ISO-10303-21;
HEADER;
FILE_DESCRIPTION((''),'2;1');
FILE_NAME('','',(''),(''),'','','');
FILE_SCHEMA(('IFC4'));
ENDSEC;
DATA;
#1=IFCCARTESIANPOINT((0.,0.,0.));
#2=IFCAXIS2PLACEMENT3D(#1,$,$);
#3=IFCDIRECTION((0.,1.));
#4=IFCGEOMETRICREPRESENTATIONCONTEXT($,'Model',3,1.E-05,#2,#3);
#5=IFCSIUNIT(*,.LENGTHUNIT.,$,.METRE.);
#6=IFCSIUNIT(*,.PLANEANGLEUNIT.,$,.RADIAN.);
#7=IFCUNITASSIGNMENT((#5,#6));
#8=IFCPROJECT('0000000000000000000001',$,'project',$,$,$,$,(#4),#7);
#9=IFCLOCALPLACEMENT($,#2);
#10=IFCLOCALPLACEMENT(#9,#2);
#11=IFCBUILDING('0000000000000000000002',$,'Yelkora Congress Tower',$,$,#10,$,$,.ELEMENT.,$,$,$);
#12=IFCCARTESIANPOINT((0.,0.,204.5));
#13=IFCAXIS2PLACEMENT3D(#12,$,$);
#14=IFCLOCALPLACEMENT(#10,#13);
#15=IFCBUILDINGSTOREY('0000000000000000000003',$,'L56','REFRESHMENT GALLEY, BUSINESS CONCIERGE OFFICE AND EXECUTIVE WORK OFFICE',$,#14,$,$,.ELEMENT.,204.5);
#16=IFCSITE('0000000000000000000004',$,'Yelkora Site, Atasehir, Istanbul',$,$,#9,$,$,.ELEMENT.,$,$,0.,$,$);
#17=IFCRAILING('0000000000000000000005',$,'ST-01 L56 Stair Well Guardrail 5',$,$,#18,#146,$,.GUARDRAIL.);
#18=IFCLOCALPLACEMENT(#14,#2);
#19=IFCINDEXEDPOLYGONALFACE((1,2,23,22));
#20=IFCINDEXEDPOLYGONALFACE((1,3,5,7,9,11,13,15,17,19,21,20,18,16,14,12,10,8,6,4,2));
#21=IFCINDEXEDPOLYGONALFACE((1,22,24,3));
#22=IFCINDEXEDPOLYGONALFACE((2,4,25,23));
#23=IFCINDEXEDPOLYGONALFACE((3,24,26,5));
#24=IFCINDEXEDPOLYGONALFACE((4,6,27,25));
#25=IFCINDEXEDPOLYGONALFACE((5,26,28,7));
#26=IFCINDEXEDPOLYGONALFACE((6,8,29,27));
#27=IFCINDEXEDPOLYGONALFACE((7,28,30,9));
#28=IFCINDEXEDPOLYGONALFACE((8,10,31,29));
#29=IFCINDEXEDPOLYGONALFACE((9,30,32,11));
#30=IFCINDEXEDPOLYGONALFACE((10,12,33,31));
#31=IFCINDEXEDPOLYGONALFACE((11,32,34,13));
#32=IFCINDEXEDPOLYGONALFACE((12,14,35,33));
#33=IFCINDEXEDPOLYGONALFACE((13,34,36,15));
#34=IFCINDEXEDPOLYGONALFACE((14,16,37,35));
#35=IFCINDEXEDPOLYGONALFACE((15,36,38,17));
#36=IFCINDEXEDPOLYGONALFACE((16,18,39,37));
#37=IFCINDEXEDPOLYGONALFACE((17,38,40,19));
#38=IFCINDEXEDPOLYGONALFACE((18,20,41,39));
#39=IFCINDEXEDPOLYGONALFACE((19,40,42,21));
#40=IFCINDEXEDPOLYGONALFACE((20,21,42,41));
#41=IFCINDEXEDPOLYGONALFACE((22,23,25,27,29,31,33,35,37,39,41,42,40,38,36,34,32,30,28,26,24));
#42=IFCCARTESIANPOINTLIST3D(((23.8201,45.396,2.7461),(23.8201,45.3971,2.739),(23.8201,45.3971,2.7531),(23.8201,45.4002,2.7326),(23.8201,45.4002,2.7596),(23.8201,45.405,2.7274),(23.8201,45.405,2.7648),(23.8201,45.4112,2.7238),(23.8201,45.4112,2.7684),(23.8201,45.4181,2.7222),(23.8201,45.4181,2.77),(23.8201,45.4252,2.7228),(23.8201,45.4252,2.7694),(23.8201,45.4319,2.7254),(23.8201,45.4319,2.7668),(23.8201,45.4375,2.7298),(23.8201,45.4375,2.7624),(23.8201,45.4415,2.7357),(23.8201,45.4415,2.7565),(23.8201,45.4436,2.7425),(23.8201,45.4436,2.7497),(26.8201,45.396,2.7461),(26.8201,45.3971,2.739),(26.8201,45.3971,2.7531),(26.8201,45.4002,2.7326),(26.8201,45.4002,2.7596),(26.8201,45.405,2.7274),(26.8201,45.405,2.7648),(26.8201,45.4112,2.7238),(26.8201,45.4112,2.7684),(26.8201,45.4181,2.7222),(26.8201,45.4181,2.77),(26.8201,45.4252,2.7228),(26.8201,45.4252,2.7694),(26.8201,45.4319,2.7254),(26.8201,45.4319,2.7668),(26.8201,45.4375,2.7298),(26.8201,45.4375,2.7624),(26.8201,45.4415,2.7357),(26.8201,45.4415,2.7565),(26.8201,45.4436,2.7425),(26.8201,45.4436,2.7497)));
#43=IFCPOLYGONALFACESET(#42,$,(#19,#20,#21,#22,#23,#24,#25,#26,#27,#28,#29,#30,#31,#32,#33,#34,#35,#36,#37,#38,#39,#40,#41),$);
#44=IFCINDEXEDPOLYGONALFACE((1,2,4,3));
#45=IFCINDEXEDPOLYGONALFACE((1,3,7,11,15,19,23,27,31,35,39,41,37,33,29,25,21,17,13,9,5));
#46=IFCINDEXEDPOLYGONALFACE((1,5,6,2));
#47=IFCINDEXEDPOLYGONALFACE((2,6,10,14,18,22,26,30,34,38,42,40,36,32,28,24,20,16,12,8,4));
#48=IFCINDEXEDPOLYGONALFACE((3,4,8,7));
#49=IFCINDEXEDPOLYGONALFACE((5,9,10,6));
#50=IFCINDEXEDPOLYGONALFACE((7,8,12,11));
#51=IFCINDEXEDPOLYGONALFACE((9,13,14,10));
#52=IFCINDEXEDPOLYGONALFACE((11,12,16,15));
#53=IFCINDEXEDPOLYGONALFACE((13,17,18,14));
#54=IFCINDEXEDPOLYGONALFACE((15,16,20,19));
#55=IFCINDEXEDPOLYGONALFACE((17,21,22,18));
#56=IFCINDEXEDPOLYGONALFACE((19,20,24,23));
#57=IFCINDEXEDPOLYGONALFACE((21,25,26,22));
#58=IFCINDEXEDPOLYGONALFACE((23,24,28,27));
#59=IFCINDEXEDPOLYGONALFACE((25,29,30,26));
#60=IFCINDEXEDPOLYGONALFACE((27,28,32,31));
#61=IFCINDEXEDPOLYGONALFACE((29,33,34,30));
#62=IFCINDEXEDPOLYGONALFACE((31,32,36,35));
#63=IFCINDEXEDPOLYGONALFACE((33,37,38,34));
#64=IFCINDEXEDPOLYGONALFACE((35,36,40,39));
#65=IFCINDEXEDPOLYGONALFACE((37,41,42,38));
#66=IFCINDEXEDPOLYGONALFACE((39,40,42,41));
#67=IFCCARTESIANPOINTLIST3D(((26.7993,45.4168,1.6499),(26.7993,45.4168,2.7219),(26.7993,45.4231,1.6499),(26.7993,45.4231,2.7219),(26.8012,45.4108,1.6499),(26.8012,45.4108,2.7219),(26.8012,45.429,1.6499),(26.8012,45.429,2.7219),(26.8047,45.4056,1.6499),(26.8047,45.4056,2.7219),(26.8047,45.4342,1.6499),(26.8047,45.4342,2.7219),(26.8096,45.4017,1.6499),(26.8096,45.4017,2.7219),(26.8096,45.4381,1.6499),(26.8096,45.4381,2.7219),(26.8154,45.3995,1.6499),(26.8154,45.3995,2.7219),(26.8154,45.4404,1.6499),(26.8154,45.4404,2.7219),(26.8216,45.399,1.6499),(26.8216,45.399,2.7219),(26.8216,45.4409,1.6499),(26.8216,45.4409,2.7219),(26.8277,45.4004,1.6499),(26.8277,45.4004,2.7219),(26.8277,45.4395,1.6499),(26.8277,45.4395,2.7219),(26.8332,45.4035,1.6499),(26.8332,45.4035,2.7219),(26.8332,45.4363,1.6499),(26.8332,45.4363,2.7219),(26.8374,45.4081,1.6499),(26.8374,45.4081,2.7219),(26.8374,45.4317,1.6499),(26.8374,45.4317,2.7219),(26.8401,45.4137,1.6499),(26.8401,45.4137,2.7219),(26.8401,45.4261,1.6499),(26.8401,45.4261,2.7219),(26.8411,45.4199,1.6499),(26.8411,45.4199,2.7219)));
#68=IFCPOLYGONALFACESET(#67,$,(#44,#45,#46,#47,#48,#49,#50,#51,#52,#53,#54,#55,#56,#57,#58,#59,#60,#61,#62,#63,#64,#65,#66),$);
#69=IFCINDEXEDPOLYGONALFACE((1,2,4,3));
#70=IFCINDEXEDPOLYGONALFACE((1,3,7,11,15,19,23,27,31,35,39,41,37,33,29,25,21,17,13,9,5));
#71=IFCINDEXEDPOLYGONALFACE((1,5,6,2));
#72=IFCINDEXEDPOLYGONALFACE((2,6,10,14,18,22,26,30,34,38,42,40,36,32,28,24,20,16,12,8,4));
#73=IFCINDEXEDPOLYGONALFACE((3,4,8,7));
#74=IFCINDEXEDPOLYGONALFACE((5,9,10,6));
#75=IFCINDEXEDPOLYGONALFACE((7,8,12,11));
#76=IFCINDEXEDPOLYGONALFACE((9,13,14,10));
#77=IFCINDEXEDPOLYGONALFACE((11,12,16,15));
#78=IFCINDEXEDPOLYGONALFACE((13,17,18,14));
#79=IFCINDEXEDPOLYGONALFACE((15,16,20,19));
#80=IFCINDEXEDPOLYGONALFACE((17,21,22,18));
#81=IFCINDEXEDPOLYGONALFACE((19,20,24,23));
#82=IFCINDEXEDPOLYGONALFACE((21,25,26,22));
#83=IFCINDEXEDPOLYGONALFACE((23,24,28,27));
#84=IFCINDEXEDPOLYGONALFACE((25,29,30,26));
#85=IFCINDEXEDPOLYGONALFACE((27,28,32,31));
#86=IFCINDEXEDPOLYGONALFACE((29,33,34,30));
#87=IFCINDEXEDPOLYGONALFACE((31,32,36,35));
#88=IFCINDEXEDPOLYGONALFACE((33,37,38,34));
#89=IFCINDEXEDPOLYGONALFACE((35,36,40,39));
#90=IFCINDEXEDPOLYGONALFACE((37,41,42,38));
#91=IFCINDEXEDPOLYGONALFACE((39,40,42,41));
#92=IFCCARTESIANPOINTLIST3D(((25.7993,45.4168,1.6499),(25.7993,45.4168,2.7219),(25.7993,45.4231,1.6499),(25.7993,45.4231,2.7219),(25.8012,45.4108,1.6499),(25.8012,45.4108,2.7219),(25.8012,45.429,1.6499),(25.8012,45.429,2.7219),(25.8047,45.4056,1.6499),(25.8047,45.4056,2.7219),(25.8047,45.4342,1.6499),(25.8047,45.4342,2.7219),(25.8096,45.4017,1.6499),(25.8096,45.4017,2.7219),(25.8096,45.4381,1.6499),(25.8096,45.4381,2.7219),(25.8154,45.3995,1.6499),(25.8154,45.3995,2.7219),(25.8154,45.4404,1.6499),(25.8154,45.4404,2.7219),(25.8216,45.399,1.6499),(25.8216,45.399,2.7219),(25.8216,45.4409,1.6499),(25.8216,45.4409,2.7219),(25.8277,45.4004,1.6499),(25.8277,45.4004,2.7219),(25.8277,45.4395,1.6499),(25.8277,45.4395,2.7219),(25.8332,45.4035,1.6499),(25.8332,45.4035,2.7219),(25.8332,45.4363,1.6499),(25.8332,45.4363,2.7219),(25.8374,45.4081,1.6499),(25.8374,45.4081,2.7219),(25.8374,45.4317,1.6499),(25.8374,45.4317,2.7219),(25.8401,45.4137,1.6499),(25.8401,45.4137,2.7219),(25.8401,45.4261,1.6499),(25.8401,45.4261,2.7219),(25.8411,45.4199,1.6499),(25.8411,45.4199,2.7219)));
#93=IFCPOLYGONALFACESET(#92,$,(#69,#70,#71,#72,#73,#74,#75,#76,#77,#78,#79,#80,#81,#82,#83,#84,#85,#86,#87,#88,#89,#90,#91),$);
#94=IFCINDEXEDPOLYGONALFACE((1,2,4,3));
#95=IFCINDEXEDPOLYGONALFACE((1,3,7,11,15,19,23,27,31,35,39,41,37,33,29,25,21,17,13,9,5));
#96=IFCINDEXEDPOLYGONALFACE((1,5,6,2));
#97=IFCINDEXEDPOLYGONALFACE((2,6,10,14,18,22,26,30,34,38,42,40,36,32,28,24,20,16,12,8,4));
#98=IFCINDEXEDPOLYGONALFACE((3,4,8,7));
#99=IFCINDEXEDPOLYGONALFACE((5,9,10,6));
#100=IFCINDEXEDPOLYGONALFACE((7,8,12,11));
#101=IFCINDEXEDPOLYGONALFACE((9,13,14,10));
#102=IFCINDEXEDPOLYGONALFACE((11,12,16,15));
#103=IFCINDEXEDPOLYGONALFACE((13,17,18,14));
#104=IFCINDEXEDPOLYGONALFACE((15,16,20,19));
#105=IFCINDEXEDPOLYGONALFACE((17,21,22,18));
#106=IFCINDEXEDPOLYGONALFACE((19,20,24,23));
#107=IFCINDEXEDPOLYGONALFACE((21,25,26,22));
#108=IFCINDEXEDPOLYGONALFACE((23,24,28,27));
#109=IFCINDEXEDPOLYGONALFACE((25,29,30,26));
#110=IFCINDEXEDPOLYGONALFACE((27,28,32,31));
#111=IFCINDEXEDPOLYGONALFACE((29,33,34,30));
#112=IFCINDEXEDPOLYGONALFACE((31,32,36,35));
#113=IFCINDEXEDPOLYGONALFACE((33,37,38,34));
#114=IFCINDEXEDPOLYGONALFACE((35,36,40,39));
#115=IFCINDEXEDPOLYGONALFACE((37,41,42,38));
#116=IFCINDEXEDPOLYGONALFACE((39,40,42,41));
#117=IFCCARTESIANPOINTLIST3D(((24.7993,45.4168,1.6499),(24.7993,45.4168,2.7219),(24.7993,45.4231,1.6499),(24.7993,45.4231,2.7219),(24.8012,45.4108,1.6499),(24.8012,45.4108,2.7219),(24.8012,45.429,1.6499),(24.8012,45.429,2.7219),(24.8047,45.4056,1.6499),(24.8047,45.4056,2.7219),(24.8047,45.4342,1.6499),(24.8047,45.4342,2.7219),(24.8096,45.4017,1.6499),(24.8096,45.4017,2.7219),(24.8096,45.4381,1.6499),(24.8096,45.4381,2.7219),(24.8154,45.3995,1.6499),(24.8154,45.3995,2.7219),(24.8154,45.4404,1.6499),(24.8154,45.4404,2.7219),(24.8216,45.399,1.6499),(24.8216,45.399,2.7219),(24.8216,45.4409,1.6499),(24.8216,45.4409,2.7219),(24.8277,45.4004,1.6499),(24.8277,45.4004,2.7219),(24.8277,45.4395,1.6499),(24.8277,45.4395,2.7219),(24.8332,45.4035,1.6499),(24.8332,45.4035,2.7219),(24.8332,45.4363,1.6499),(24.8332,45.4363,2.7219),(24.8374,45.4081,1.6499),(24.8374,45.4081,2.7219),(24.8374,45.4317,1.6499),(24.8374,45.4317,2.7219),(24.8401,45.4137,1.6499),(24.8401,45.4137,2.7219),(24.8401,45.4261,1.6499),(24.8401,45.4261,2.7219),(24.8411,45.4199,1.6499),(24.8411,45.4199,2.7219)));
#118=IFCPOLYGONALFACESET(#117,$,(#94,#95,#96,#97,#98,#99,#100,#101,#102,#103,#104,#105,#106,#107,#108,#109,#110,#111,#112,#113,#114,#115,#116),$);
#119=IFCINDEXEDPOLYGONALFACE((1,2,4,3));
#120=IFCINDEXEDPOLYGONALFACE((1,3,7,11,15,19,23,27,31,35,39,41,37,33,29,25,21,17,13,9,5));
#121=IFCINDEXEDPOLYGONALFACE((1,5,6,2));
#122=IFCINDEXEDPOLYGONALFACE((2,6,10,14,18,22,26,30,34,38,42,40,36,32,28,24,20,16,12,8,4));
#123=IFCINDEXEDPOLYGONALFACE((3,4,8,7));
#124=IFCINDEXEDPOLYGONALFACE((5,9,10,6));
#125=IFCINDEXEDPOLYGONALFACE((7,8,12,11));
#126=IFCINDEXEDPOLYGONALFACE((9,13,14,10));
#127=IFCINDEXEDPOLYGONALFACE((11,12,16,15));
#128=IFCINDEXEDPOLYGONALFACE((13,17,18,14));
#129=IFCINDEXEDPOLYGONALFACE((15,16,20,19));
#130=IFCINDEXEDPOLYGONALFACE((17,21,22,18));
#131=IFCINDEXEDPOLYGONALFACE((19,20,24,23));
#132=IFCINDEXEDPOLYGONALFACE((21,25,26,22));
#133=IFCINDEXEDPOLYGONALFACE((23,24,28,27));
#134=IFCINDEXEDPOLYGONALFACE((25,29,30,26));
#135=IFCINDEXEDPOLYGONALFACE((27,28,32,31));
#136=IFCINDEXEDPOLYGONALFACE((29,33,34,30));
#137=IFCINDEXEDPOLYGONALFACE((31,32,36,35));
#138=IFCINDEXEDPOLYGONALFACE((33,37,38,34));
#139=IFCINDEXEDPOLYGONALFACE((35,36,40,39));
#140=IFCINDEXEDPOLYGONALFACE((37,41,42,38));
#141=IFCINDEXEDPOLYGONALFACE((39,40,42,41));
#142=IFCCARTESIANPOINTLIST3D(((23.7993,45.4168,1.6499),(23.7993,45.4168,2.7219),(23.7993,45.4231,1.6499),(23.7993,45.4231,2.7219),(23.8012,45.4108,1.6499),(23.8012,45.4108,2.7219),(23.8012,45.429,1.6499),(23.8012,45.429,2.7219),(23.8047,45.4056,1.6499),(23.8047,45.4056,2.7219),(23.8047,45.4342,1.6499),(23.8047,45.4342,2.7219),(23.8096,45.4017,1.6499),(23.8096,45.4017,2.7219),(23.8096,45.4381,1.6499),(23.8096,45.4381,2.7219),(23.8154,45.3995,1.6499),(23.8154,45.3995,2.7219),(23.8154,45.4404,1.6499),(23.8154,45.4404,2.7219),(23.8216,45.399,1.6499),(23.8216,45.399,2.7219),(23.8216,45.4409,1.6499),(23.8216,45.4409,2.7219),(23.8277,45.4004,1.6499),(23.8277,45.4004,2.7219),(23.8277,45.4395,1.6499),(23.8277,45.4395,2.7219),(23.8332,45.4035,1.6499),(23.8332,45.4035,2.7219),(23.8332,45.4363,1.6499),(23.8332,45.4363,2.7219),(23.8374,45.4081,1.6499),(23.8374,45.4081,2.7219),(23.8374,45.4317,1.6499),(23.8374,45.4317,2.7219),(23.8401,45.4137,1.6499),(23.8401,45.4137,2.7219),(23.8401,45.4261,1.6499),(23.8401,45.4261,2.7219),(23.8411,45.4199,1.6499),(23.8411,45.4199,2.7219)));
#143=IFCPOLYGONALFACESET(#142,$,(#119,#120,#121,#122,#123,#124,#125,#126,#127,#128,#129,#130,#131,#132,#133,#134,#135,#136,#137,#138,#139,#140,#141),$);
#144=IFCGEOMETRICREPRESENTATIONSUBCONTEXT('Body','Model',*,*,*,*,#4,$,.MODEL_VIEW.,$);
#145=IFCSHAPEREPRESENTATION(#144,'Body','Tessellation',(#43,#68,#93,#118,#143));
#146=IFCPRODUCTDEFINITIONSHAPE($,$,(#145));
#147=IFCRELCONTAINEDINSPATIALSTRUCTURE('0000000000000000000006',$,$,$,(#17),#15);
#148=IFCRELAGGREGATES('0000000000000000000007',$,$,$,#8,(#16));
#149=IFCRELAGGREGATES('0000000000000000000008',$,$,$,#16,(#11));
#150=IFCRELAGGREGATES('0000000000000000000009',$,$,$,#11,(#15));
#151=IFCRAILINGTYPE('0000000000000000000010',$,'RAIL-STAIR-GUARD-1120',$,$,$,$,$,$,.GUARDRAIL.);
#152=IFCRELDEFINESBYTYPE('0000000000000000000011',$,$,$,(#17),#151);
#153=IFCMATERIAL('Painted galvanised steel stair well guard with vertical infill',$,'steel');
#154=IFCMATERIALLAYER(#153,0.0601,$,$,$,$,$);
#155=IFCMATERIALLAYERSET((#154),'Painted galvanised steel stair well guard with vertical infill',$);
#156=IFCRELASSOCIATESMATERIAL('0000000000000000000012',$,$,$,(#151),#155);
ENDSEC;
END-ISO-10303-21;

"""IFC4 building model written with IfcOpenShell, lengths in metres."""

from ifc_helpers import new_model, si_unit, direction, frame, origin, origin_2d, place, context, subcontext, project, spatial, circle, extrude, material, layer, layer_set, type_object, element, save


model = new_model("IFC4")

# Units and contexts
model_context = context("Model", 3, precision=1e-05, world=origin(), true_north=direction((0.0, 1.0)))
body_context = subcontext(model_context, "Body", "Model", "MODEL_VIEW")
ifc_project = project(units=[si_unit("LENGTHUNIT", "METRE"), si_unit("PLANEANGLEUNIT", "RADIAN")], contexts=[model_context])

# Site, building, storey
site_placement = place(None, origin())
site = spatial("IfcSite", under=ifc_project, at=site_placement, Name="Yelkora Site, Atasehir, Istanbul", CompositionType="ELEMENT", RefElevation=0.0)
building_placement = place(site_placement, origin())
building = spatial("IfcBuilding", under=site, at=building_placement, Name="Yelkora Congress Tower", CompositionType="ELEMENT")
storey_placement = place(building_placement, frame((0.0, 0.0, 204.5)))
storey = spatial("IfcBuildingStorey", under=building, at=storey_placement, Name="L56", Description="REFRESHMENT GALLEY, BUSINESS CONCIERGE OFFICE AND EXECUTIVE WORK OFFICE", CompositionType="ELEMENT", Elevation=204.5)

# Railing
ifc_material_1 = material(Name="Painted galvanised steel stair well guard with vertical infill", Category="steel")
ifc_layer_1 = layer(ifc_material_1, 0.0601)
ifc_layer_set_1 = layer_set([ifc_layer_1], Name="Painted galvanised steel stair well guard with vertical infill")
railing_type_1 = type_object("IfcRailingType", Name="RAIL-STAIR-GUARD-1120", PredefinedType="GUARDRAIL", material=ifc_layer_set_1)
railing_1_placement = place(storey_placement, frame((26.8201, 45.4199, 1.6499)))
element("IfcRailing", 1, at=railing_1_placement, inside=storey, type_object=railing_type_1, Name="ST-01 L56 Stair Well Guardrail 5", PredefinedType="GUARDRAIL", context=body_context, shape_type="SweptSolid", body=[
    extrude(circle(Radius=0.0239, at=origin_2d()), frame((0.0, 0.0, 1.0962), z_axis=(-1.0, 0.0, 0.0), x_axis=(0.0, -1.0, 0.0)), (0.0, 0.0, 1.0), 3.0),
    extrude(circle(Radius=0.021, at=origin_2d()), origin(), (0.0, 0.0, 1.0), 1.072),
    extrude(circle(Radius=0.021, at=origin_2d()), frame((-1.0, 0.0, 0.0)), (0.0, 0.0, 1.0), 1.072),
    extrude(circle(Radius=0.021, at=origin_2d()), frame((-2.0, 0.0, 0.0)), (0.0, 0.0, 1.0), 1.072),
    extrude(circle(Radius=0.021, at=origin_2d()), frame((-3.0, 0.0, 0.0)), (0.0, 0.0, 1.0), 1.072),
])

save(model, "model.ifc")
